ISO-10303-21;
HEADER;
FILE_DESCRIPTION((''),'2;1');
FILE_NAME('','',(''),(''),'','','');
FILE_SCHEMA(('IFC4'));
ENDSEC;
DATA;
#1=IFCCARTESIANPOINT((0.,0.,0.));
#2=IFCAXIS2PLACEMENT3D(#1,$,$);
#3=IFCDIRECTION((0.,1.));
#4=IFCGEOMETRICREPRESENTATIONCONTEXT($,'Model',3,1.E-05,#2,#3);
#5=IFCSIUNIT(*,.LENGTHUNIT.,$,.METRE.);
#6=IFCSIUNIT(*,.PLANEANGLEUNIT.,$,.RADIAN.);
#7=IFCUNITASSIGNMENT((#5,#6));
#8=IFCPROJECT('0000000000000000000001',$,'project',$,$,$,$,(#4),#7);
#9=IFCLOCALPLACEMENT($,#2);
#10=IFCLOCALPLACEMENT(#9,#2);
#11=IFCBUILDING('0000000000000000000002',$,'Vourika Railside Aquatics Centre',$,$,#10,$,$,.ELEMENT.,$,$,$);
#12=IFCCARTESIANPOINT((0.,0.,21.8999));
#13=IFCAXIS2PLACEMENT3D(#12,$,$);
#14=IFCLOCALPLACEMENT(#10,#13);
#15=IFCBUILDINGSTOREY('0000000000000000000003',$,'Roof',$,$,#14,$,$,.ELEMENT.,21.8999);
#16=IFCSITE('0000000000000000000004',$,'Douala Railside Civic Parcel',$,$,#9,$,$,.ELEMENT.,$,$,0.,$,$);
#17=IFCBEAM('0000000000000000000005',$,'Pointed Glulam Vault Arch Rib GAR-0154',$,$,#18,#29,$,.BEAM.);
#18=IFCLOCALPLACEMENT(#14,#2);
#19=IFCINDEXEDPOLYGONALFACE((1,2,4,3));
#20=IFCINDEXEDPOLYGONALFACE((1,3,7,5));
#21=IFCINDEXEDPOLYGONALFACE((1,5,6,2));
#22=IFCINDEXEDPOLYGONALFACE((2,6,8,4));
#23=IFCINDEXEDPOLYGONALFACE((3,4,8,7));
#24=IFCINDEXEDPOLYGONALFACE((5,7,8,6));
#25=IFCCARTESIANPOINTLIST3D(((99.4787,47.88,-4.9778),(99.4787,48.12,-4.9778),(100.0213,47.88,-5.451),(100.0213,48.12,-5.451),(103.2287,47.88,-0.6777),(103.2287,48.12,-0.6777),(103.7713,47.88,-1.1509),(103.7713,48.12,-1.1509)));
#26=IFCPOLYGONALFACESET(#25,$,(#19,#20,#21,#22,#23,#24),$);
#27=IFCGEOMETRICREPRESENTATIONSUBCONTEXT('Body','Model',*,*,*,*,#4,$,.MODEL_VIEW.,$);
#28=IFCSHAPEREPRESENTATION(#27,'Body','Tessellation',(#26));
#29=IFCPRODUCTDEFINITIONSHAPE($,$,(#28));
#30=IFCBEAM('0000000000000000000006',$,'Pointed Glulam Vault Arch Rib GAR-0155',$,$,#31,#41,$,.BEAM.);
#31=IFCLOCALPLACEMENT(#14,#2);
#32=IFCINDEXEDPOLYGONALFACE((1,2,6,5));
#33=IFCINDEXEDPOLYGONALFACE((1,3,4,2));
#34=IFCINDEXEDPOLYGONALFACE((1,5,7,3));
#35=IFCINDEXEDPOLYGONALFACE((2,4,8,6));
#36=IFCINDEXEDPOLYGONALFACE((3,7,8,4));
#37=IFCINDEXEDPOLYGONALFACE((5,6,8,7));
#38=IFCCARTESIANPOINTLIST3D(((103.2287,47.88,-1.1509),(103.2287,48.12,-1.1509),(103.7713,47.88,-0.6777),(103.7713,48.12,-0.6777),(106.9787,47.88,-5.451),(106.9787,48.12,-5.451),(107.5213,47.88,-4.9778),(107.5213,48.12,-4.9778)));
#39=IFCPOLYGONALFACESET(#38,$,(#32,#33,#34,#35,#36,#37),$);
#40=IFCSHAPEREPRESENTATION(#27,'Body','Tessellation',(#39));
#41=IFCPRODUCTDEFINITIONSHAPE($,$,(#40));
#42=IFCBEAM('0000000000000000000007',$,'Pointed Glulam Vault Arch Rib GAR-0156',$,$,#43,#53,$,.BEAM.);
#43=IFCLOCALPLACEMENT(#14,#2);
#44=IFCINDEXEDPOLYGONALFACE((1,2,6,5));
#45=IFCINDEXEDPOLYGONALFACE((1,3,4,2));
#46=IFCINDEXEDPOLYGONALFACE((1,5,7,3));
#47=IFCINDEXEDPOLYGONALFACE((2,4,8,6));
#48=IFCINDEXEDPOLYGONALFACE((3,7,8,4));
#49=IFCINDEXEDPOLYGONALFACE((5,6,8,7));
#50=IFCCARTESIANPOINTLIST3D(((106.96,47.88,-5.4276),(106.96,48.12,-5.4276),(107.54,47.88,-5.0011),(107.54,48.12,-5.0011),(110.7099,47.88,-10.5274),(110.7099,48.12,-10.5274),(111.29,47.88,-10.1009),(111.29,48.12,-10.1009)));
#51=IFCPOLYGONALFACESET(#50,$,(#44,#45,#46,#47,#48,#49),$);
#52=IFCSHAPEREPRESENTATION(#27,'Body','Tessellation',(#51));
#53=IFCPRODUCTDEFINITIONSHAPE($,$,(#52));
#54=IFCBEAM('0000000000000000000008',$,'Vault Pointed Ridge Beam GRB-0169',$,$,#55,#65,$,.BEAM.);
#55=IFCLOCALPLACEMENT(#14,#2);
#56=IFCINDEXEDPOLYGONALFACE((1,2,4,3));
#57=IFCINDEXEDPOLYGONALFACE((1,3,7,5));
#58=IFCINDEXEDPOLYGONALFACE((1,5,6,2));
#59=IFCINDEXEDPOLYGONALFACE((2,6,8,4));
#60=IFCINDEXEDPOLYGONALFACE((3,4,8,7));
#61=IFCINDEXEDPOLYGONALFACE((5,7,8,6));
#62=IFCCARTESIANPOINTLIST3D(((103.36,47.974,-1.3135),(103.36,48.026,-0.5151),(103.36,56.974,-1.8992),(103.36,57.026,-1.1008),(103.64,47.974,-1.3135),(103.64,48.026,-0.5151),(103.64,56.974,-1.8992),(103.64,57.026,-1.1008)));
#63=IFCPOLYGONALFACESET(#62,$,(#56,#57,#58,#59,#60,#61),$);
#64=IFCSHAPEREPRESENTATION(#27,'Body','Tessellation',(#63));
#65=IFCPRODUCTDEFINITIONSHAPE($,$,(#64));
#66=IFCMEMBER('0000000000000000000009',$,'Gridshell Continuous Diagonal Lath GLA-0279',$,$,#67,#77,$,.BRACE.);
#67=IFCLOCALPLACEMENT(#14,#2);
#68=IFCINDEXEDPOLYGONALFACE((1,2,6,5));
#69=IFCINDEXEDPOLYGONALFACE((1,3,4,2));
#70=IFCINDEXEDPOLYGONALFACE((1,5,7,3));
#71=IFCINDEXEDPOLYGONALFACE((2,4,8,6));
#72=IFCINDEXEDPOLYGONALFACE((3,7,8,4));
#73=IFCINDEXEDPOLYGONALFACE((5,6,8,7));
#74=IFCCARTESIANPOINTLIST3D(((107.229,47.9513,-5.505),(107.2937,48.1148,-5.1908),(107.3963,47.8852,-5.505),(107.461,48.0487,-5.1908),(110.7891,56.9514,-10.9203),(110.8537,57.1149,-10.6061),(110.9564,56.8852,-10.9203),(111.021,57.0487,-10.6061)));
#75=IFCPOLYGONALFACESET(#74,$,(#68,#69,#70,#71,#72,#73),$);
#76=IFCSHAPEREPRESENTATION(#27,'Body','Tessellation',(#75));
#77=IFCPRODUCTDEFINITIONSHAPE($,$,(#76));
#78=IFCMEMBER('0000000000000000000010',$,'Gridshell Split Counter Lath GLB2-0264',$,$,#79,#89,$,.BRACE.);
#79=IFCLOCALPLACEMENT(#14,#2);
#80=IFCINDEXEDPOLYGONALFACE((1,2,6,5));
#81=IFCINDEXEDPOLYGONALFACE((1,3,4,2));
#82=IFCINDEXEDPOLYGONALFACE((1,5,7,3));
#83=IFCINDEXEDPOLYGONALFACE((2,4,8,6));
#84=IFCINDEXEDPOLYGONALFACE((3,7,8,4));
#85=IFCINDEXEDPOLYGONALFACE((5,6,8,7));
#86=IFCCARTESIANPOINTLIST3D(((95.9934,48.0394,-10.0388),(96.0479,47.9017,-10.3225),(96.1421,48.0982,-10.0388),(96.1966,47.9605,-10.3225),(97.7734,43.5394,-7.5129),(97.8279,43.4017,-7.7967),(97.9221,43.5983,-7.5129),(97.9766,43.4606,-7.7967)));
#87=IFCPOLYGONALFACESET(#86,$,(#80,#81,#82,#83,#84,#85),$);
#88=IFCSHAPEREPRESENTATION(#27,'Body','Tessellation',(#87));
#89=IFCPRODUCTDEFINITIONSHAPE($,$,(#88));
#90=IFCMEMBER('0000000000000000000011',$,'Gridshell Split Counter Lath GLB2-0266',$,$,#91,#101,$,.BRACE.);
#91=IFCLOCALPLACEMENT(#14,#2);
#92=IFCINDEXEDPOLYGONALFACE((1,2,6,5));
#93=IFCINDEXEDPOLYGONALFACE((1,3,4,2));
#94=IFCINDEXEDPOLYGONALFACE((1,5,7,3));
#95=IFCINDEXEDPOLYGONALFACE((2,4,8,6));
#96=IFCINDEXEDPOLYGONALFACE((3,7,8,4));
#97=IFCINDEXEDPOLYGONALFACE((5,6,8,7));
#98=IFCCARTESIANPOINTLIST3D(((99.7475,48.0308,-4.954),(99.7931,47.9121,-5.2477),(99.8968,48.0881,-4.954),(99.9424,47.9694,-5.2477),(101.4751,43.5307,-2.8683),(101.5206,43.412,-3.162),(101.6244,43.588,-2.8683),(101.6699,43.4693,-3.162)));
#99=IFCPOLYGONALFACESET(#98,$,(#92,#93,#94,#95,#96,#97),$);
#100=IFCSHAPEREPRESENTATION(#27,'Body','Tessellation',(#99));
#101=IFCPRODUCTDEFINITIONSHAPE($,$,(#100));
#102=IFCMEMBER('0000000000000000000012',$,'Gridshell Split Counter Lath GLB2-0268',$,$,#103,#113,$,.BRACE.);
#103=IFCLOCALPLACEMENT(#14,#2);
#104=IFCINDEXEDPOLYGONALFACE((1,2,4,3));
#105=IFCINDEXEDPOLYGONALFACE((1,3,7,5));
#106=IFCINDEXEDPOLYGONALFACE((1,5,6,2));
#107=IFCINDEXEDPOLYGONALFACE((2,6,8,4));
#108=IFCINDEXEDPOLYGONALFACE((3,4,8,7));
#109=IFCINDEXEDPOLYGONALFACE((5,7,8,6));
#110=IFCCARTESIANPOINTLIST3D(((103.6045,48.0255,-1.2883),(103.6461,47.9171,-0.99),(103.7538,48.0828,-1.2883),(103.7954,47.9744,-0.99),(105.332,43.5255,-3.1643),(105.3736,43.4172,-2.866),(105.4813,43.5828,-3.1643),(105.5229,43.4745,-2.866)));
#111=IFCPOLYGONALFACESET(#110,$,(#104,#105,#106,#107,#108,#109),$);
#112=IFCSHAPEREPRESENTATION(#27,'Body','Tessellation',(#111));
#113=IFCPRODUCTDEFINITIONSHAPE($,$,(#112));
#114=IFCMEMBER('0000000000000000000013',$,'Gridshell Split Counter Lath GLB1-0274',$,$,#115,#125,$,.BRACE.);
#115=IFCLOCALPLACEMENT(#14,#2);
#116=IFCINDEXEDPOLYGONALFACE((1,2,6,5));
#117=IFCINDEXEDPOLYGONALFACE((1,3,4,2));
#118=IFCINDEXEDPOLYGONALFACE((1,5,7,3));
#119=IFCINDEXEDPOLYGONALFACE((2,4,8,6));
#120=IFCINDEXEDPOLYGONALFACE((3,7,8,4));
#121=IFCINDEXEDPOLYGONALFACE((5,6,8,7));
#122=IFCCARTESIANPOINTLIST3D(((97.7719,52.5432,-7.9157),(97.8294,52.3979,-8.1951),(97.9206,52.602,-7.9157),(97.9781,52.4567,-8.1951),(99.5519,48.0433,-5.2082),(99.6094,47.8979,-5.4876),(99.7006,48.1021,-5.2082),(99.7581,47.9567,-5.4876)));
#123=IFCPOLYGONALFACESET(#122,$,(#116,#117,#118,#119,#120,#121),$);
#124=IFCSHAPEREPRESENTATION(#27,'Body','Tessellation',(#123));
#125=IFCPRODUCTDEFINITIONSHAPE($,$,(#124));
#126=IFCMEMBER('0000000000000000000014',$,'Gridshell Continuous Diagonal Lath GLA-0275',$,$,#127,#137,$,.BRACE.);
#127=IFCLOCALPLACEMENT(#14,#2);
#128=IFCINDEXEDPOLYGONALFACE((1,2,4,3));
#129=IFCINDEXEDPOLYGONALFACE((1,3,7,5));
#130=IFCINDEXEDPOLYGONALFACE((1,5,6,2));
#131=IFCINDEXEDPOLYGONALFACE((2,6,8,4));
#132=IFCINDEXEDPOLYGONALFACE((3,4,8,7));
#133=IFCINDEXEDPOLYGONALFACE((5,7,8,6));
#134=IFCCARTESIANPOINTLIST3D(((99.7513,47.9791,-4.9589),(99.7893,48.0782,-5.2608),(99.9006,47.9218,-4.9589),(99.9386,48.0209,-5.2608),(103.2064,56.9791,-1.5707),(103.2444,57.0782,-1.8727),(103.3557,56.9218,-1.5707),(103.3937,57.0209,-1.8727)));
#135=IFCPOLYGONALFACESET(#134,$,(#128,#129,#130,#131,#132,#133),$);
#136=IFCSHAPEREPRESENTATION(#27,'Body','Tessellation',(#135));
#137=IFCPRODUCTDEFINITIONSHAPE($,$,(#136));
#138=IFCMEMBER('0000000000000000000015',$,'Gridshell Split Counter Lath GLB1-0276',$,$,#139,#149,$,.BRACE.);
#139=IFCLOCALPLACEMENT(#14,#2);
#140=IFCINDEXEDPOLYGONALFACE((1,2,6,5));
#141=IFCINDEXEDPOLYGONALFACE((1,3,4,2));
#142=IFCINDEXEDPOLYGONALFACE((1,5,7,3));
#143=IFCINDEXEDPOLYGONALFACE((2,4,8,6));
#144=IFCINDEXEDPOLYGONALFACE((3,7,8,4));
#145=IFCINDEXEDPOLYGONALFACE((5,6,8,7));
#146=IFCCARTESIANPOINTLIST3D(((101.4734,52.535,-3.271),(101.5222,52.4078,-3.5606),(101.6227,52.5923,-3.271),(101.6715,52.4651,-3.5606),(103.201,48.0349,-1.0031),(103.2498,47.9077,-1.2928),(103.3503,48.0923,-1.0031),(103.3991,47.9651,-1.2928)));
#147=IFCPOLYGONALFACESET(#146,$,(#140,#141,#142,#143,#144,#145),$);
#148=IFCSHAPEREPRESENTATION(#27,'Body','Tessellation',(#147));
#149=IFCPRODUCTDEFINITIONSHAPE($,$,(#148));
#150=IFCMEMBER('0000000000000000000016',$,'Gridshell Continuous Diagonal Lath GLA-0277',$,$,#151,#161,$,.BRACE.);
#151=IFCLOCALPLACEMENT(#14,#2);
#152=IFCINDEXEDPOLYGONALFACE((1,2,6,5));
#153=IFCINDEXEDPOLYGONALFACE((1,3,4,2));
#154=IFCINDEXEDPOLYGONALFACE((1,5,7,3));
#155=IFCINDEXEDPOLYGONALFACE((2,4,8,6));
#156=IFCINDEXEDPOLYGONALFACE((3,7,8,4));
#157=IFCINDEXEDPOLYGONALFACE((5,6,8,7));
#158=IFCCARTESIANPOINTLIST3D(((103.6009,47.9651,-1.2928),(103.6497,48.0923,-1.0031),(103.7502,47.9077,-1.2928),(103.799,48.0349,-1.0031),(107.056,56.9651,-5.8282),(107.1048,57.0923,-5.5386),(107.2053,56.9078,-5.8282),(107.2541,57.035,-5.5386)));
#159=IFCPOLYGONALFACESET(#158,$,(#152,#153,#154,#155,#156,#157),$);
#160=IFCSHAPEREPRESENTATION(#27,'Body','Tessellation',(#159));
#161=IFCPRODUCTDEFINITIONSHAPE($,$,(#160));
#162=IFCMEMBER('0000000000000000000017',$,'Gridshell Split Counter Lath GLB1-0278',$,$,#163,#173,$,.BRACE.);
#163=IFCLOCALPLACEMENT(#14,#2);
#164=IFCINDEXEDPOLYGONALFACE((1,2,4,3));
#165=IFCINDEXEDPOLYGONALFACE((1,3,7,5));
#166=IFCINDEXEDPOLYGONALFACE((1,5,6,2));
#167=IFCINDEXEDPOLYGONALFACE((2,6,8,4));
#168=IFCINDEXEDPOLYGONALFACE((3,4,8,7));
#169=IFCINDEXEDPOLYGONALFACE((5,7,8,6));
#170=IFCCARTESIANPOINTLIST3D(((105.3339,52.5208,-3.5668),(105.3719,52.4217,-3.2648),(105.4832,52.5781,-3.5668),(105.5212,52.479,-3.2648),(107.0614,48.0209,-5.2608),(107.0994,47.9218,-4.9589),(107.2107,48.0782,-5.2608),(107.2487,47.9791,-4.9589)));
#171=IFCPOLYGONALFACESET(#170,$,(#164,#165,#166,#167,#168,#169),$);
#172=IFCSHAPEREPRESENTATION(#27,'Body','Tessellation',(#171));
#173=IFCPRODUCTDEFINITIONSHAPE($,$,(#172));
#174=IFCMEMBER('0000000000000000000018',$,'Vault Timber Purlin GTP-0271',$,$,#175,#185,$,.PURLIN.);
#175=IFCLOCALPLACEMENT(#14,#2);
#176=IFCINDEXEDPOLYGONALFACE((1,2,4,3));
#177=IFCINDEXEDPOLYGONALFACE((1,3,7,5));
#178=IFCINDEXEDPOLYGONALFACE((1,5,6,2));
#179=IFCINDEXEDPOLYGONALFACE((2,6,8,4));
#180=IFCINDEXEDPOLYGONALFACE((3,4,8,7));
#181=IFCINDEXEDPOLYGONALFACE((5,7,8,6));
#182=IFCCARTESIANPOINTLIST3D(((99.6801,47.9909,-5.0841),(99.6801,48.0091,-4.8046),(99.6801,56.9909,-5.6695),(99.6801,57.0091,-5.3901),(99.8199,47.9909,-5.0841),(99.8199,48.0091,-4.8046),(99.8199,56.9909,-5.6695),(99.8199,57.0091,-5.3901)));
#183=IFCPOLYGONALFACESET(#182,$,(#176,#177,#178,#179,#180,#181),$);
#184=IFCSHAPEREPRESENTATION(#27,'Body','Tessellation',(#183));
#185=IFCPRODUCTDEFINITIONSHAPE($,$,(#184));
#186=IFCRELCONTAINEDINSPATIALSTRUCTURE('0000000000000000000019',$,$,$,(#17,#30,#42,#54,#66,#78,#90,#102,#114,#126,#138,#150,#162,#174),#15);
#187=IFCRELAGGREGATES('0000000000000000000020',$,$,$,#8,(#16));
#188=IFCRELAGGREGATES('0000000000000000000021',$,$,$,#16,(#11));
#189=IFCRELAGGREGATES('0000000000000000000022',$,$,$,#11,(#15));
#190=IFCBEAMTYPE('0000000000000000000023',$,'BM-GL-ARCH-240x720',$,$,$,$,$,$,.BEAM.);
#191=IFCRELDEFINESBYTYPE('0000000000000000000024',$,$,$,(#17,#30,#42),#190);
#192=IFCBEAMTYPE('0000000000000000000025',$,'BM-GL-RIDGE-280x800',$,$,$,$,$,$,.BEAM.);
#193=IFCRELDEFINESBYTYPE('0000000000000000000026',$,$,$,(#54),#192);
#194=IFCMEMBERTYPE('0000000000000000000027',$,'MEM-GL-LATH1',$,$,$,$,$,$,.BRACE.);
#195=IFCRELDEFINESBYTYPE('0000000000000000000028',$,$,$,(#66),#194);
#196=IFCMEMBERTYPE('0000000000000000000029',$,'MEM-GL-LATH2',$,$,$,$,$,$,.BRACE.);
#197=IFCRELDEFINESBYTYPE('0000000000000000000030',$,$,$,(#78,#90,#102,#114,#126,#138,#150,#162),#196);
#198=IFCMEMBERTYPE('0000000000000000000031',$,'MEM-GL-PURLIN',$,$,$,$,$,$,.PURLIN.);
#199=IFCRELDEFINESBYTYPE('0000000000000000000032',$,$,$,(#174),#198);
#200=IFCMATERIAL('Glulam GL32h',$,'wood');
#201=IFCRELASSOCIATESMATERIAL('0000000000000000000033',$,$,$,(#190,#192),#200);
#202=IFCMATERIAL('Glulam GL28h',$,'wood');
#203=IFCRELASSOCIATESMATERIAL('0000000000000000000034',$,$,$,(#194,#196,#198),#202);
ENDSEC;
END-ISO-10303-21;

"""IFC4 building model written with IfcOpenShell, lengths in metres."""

from ifc_helpers import new_model, si_unit, direction, frame, origin, origin_2d, place, context, subcontext, project, spatial, rectangle, extrude, material, material_profile, profile_set, type_object, element, save


model = new_model("IFC4")

# Units and contexts
model_context = context("Model", 3, precision=1e-05, world=origin(), true_north=direction((0.0, 1.0)))
body_context = subcontext(model_context, "Body", "Model", "MODEL_VIEW")
ifc_project = project(units=[si_unit("LENGTHUNIT", "METRE"), si_unit("PLANEANGLEUNIT", "RADIAN")], contexts=[model_context])

# Site, building, storey
site_placement = place(None, origin())
site = spatial("IfcSite", under=ifc_project, at=site_placement, Name="Douala Railside Civic Parcel", CompositionType="ELEMENT", RefElevation=0.0)
building_placement = place(site_placement, origin())
building = spatial("IfcBuilding", under=site, at=building_placement, Name="Vourika Railside Aquatics Centre", CompositionType="ELEMENT")
storey_placement = place(building_placement, frame((0.0, 0.0, 21.8999)))
storey = spatial("IfcBuildingStorey", under=building, at=storey_placement, Name="Roof", CompositionType="ELEMENT", Elevation=21.8999)

# Beams
ifc_material_1 = material(Name="Glulam GL32h", Category="wood")
ifc_material_profile_1 = material_profile(ifc_material_1, rectangle(XDim=0.24, YDim=0.72, at=origin_2d()), Name="GL32h 240x720")
ifc_profile_set_1 = profile_set([ifc_material_profile_1], Name="Glulam GL32h")
beam_type_1 = type_object("IfcBeamType", Name="BM-GL-ARCH-240x720", PredefinedType="BEAM", material=ifc_profile_set_1)
for number, where, z_axis, x_axis, name in (
    (1, (99.75, 48.0, -5.2144), (0.657259, 0.0, 0.753665), (0.0, 1.0, 0.0), "Pointed Glulam Vault Arch Rib GAR-0154"),
    (2, (103.5, 48.0, -0.9143), (0.657259, 0.0, -0.753665), (0.0, 1.0, 0.0), "Pointed Glulam Vault Arch Rib GAR-0155"),
):
    element("IfcBeam", number, at=place(storey_placement, frame(where, z_axis=z_axis, x_axis=x_axis)), inside=storey, type_object=beam_type_1, Name=name, PredefinedType="BEAM", context=body_context, shape_type="SweptSolid", body=[
        extrude(rectangle(XDim=0.24, YDim=0.72, at=origin_2d()), origin(), (0.0, 0.0, 1.0), 5.7056),
    ])
beam_1_placement = place(storey_placement, frame((107.25, 48.0, -5.2144), z_axis=(0.592401, 0.0, -0.805643), x_axis=(0.0, 1.0, 0.0)))
element("IfcBeam", 3, at=beam_1_placement, inside=storey, type_object=beam_type_1, Name="Pointed Glulam Vault Arch Rib GAR-0156", PredefinedType="BEAM", context=body_context, shape_type="SweptSolid", body=[
    extrude(rectangle(XDim=0.24, YDim=0.72, at=origin_2d()), origin(), (0.0, 0.0, 1.0), 6.3301),
])
ifc_material_profile_2 = material_profile(ifc_material_1, rectangle(XDim=0.28, YDim=0.8, at=origin_2d()), Name="GL32h 280x800")
ifc_profile_set_2 = profile_set([ifc_material_profile_2], Name="Glulam GL32h")
beam_type_2 = type_object("IfcBeamType", Name="BM-GL-RIDGE-280x800", PredefinedType="BEAM", material=ifc_profile_set_2)
beam_2_placement = place(storey_placement, frame((103.5, 48.0, -0.9143), z_axis=(0.0, 0.997889, -0.06494), x_axis=(-1.0, 0.0, 0.0)))
element("IfcBeam", 4, at=beam_2_placement, inside=storey, type_object=beam_type_2, Name="Vault Pointed Ridge Beam GRB-0169", PredefinedType="BEAM", context=body_context, shape_type="SweptSolid", body=[
    extrude(rectangle(XDim=0.28, YDim=0.8, at=origin_2d()), origin(), (0.0, 0.0, 1.0), 9.019),
])

# Members
ifc_material_2 = material(Name="Glulam GL28h", Category="wood")
ifc_material_profile_3 = material_profile(ifc_material_2, rectangle(XDim=0.1799, YDim=0.3601, at=origin_2d()), Name="GL28h 180x360")
ifc_profile_set_3 = profile_set([ifc_material_profile_3], Name="Glulam GL28h")
member_type_1 = type_object("IfcMemberType", Name="MEM-GL-LATH1", PredefinedType="BRACE", material=ifc_profile_set_3)
member_1_placement = place(storey_placement, frame((107.345, 48.0, -5.3479), z_axis=(0.321001, 0.811505, -0.488281), x_axis=(-0.929893, 0.36783, 0.0)))
element("IfcMember", 5, at=member_1_placement, inside=storey, type_object=member_type_1, Name="Gridshell Continuous Diagonal Lath GLA-0279", PredefinedType="BRACE", context=body_context, shape_type="SweptSolid", body=[
    extrude(rectangle(XDim=0.1799, YDim=0.3601, at=origin_2d()), origin(), (0.0, 0.0, 1.0), 11.0906),
])
ifc_material_profile_4 = material_profile(ifc_material_2, rectangle(XDim=0.1599, YDim=0.3201, at=origin_2d()), Name="GL28h 160x320")
ifc_profile_set_4 = profile_set([ifc_material_profile_4], Name="Glulam GL28h")
member_type_2 = type_object("IfcMemberType", Name="MEM-GL-LATH2", PredefinedType="BRACE", material=ifc_profile_set_4)
member_2_placement = place(storey_placement, frame((97.875, 43.5, -7.6548), z_axis=(-0.326084, 0.824356, -0.462716), x_axis=(-0.929893, -0.36783, 0.0)))
element("IfcMember", 6, at=member_2_placement, inside=storey, type_object=member_type_2, Name="Gridshell Split Counter Lath GLB2-0264", PredefinedType="BRACE", context=body_context, shape_type="SweptSolid", body=[
    extrude(rectangle(XDim=0.1599, YDim=0.3201, at=origin_2d()), origin(), (0.0, 0.0, 1.0), 5.4587),
])
member_3_placement = place(storey_placement, frame((101.5725, 43.5, -3.0151), z_axis=(-0.328924, 0.856801, -0.397116), x_axis=(-0.93357, -0.358395, 0.0)))
element("IfcMember", 7, at=member_3_placement, inside=storey, type_object=member_type_2, Name="Gridshell Split Counter Lath GLB2-0266", PredefinedType="BRACE", context=body_context, shape_type="SweptSolid", body=[
    extrude(rectangle(XDim=0.1599, YDim=0.3201, at=origin_2d()), origin(), (0.0, 0.0, 1.0), 5.2522),
])
member_4_placement = place(storey_placement, frame((105.4275, 43.5, -3.0151), z_axis=(-0.333992, 0.870003, 0.36269), x_axis=(-0.93357, -0.358395, 0.0)))
element("IfcMember", 8, at=member_4_placement, inside=storey, type_object=member_type_2, Name="Gridshell Split Counter Lath GLB2-0268", PredefinedType="BRACE", context=body_context, shape_type="SweptSolid", body=[
    extrude(rectangle(XDim=0.1599, YDim=0.3201, at=origin_2d()), origin(), (0.0, 0.0, 1.0), 5.1724),
])
member_5_placement = place(storey_placement, frame((99.655, 48.0, -5.3479), z_axis=(-0.321004, 0.811514, -0.488264), x_axis=(-0.929893, -0.36783, 0.0)))
element("IfcMember", 9, at=member_5_placement, inside=storey, type_object=member_type_2, Name="Gridshell Split Counter Lath GLB1-0274", PredefinedType="BRACE", context=body_context, shape_type="SweptSolid", body=[
    extrude(rectangle(XDim=0.1599, YDim=0.3201, at=origin_2d()), origin(), (0.0, 0.0, 1.0), 5.5452),
])
member_6_placement = place(storey_placement, frame((99.845, 48.0, -5.1099), z_axis=(0.338121, 0.880757, 0.331574), x_axis=(-0.93357, 0.358395, 0.0)))
element("IfcMember", 10, at=member_6_placement, inside=storey, type_object=member_type_2, Name="Gridshell Continuous Diagonal Lath GLA-0275", PredefinedType="BRACE", context=body_context, shape_type="SweptSolid", body=[
    extrude(rectangle(XDim=0.1599, YDim=0.3201, at=origin_2d()), origin(), (0.0, 0.0, 1.0), 10.2185),
])
member_7_placement = place(storey_placement, frame((103.3, 48.0, -1.1479), z_axis=(-0.324296, 0.844746, -0.425719), x_axis=(-0.93357, -0.358395, 0.0)))
element("IfcMember", 11, at=member_7_placement, inside=storey, type_object=member_type_2, Name="Gridshell Split Counter Lath GLB1-0276", PredefinedType="BRACE", context=body_context, shape_type="SweptSolid", body=[
    extrude(rectangle(XDim=0.1599, YDim=0.3201, at=origin_2d()), origin(), (0.0, 0.0, 1.0), 5.3271),
])
member_8_placement = place(storey_placement, frame((103.7, 48.0, -1.1479), z_axis=(0.324299, 0.844754, -0.4257), x_axis=(-0.93357, 0.358395, 0.0)))
element("IfcMember", 12, at=member_8_placement, inside=storey, type_object=member_type_2, Name="Gridshell Continuous Diagonal Lath GLA-0277", PredefinedType="BRACE", context=body_context, shape_type="SweptSolid", body=[
    extrude(rectangle(XDim=0.1599, YDim=0.3201, at=origin_2d()), origin(), (0.0, 0.0, 1.0), 10.6541),
])
member_9_placement = place(storey_placement, frame((107.155, 48.0, -5.1099), z_axis=(-0.338121, 0.880757, 0.331574), x_axis=(-0.93357, -0.358395, 0.0)))
element("IfcMember", 13, at=member_9_placement, inside=storey, type_object=member_type_2, Name="Gridshell Split Counter Lath GLB1-0278", PredefinedType="BRACE", context=body_context, shape_type="SweptSolid", body=[
    extrude(rectangle(XDim=0.1599, YDim=0.3201, at=origin_2d()), origin(), (0.0, 0.0, 1.0), 5.1091),
])
ifc_material_profile_5 = material_profile(ifc_material_2, rectangle(XDim=0.1399, YDim=0.28, at=origin_2d()), Name="GL28h 140x280")
ifc_profile_set_5 = profile_set([ifc_material_profile_5], Name="Glulam GL28h")
member_type_3 = type_object("IfcMemberType", Name="MEM-GL-PURLIN", PredefinedType="PURLIN", material=ifc_profile_set_5)
for number, where, z_axis, x_axis, name in (
    (14, (99.75, 48.0, -4.9443), (0.0, 0.997891, -0.064913), (-1.0, 0.0, 0.0), "Vault Timber Purlin GTP-0271"),
):
    element("IfcMember", number, at=place(storey_placement, frame(where, z_axis=z_axis, x_axis=x_axis)), inside=storey, type_object=member_type_3, Name=name, PredefinedType="PURLIN", context=body_context, shape_type="SweptSolid", body=[
        extrude(rectangle(XDim=0.1399, YDim=0.28, at=origin_2d()), origin(), (0.0, 0.0, 1.0), 9.019),
    ])

save(model, "model.ifc")
